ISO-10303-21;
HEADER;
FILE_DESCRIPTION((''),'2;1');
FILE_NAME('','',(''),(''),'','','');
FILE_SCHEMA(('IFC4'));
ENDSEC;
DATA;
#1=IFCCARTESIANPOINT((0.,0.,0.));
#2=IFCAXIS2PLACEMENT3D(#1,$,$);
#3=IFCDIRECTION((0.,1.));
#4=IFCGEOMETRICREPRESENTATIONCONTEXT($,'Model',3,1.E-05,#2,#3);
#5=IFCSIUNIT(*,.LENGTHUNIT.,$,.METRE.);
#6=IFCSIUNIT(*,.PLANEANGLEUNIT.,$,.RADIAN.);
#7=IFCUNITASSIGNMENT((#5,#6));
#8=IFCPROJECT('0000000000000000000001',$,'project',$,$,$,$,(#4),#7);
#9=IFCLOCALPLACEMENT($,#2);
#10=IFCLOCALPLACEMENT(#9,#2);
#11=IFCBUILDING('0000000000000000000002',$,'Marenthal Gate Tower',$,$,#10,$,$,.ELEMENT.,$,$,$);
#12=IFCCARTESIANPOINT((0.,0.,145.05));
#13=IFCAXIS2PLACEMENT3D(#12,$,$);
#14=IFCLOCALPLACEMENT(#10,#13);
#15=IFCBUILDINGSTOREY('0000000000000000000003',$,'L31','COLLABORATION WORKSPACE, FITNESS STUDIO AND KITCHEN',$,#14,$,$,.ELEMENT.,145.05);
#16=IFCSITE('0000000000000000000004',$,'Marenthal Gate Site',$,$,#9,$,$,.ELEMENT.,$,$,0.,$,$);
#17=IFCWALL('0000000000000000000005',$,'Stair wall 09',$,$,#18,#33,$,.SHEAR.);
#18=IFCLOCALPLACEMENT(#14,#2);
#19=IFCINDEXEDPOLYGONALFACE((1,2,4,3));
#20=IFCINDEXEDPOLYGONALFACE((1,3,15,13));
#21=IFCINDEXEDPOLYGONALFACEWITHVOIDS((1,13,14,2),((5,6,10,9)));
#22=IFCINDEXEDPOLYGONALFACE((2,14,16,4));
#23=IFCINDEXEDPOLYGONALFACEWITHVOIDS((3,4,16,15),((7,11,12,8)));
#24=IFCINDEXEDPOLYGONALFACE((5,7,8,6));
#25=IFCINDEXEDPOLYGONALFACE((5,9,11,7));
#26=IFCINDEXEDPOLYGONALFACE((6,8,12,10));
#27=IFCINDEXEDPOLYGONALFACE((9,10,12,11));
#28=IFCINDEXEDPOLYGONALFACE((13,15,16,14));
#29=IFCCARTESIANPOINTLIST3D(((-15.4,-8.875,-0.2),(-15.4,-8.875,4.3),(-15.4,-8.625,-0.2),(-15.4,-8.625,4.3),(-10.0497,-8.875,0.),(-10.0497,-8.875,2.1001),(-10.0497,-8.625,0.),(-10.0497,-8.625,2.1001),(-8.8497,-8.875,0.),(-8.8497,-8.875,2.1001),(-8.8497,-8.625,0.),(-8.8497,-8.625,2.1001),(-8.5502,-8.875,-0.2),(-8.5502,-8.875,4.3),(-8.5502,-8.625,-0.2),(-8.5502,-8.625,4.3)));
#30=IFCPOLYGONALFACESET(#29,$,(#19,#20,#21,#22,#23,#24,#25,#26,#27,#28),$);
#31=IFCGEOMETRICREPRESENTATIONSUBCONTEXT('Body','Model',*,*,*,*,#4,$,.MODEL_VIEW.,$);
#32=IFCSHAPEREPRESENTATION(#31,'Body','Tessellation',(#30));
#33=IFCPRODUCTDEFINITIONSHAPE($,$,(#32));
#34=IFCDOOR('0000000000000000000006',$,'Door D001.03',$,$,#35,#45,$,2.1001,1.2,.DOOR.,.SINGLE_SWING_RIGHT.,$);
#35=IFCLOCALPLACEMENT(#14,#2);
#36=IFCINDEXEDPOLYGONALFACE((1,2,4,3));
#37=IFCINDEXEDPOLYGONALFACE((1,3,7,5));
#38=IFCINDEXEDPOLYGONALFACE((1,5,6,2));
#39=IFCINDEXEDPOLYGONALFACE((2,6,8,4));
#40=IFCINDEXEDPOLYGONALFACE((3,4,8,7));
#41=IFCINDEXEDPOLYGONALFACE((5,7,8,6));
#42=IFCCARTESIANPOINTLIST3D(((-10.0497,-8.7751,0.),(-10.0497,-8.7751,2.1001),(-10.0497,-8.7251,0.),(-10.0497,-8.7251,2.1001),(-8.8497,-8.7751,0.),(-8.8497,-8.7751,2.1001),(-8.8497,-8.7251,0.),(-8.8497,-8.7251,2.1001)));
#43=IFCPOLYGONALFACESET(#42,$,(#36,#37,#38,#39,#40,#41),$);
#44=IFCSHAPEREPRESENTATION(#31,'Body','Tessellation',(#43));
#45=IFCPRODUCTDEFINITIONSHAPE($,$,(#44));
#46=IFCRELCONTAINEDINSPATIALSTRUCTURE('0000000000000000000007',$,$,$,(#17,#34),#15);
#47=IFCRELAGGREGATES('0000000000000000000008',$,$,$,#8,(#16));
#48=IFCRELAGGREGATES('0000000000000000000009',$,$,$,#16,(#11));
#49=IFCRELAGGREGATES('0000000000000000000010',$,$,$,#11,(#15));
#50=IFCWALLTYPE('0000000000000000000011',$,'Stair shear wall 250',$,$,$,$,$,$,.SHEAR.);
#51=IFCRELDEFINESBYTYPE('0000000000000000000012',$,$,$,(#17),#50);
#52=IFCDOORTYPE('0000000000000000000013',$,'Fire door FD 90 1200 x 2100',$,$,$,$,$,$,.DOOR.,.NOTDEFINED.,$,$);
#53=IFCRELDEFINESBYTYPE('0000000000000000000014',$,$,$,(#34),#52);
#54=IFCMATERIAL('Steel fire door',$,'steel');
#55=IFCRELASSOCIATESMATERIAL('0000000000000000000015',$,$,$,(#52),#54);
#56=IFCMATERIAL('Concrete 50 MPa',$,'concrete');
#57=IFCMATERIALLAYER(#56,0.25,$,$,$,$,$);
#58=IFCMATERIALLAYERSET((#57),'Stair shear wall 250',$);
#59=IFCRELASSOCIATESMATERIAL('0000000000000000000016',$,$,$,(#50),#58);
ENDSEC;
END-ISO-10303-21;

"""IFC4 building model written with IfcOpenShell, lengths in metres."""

from ifc_helpers import new_model, si_unit, direction, frame, frame_2d, origin, place, context, subcontext, project, spatial, rectangle, extrude, material, layer, layer_set, type_object, element, fill, save


model = new_model("IFC4")

# Units and contexts
model_context = context("Model", 3, precision=1e-05, world=origin(), true_north=direction((0.0, 1.0)))
body_context = subcontext(model_context, "Body", "Model", "MODEL_VIEW")
ifc_project = project(units=[si_unit("LENGTHUNIT", "METRE"), si_unit("PLANEANGLEUNIT", "RADIAN")], contexts=[model_context])

# Site, building, storey
site_placement = place(None, origin())
site = spatial("IfcSite", under=ifc_project, at=site_placement, Name="Marenthal Gate Site", CompositionType="ELEMENT", RefElevation=0.0)
building_placement = place(site_placement, origin())
building = spatial("IfcBuilding", under=site, at=building_placement, Name="Marenthal Gate Tower", CompositionType="ELEMENT")
storey_placement = place(building_placement, frame((0.0, 0.0, 145.05)))
storey = spatial("IfcBuildingStorey", under=building, at=storey_placement, Name="L31", Description="COLLABORATION WORKSPACE, FITNESS STUDIO AND KITCHEN", CompositionType="ELEMENT", Elevation=145.05)

# Shared definitions
ifc_material_1 = material(Name="Steel fire door", Category="steel")
door_type_1 = type_object("IfcDoorType", Name="Fire door FD 90 1200 x 2100", OperationType="NOTDEFINED", PredefinedType="DOOR", material=ifc_material_1)

# Wall, opening, door
ifc_material_2 = material(Name="Concrete 50 MPa", Category="concrete")
ifc_layer_1 = layer(ifc_material_2, 0.25)
ifc_layer_set_1 = layer_set([ifc_layer_1], Name="Stair shear wall 250")
wall_type_1 = type_object("IfcWallType", Name="Stair shear wall 250", PredefinedType="SHEAR", material=ifc_layer_set_1)
wall_1_placement = place(storey_placement, frame((-15.3999, -8.75, -0.2), z_axis=(0.0, 0.0, 1.0), x_axis=(1.0, 0.0, 0.0)))
wall_1 = element("IfcWall", 1, at=wall_1_placement, inside=storey, type_object=wall_type_1, Name="Stair wall 09", PredefinedType="SHEAR", context=body_context, shape_type="SweptSolid", body=[
    extrude(rectangle(XDim=6.8499, YDim=0.25, at=frame_2d((3.4248, 0.0))), origin(), (0.0, 0.0, 1.0), 4.5),
])
opening_1_placement = place(wall_1_placement, frame((5.3501, 0.0, 0.2)))
opening_1 = element("IfcOpeningElement", 2, at=opening_1_placement, cuts=wall_1, PredefinedType="OPENING", context=body_context, shape_type="SweptSolid", body=[
    extrude(rectangle(XDim=1.2, YDim=2.1001, at=frame_2d((0.6001, 1.05))), frame((0.0, 0.135, 0.0), z_axis=(0.0, -1.0, 0.0), x_axis=(1.0, 0.0, 0.0)), (0.0, 0.0, 1.0), 0.27),
])
door_1_placement = place(opening_1_placement, origin())
door_1 = element("IfcDoor", 3, at=door_1_placement, inside=storey, type_object=door_type_1, Name="Door D001.03", OperationType="SINGLE_SWING_RIGHT", OverallHeight=2.1001, OverallWidth=1.2, PredefinedType="DOOR", context=body_context, shape_type="SweptSolid", body=[
    extrude(rectangle(XDim=1.2, YDim=2.1001, at=frame_2d((0.6001, 1.05))), frame((0.0, 0.0249, 0.0), z_axis=(0.0, -1.0, 0.0), x_axis=(1.0, 0.0, 0.0)), (0.0, 0.0, 1.0), 0.05),
])
fill(opening_1, door_1)

save(model, "model.ifc")
